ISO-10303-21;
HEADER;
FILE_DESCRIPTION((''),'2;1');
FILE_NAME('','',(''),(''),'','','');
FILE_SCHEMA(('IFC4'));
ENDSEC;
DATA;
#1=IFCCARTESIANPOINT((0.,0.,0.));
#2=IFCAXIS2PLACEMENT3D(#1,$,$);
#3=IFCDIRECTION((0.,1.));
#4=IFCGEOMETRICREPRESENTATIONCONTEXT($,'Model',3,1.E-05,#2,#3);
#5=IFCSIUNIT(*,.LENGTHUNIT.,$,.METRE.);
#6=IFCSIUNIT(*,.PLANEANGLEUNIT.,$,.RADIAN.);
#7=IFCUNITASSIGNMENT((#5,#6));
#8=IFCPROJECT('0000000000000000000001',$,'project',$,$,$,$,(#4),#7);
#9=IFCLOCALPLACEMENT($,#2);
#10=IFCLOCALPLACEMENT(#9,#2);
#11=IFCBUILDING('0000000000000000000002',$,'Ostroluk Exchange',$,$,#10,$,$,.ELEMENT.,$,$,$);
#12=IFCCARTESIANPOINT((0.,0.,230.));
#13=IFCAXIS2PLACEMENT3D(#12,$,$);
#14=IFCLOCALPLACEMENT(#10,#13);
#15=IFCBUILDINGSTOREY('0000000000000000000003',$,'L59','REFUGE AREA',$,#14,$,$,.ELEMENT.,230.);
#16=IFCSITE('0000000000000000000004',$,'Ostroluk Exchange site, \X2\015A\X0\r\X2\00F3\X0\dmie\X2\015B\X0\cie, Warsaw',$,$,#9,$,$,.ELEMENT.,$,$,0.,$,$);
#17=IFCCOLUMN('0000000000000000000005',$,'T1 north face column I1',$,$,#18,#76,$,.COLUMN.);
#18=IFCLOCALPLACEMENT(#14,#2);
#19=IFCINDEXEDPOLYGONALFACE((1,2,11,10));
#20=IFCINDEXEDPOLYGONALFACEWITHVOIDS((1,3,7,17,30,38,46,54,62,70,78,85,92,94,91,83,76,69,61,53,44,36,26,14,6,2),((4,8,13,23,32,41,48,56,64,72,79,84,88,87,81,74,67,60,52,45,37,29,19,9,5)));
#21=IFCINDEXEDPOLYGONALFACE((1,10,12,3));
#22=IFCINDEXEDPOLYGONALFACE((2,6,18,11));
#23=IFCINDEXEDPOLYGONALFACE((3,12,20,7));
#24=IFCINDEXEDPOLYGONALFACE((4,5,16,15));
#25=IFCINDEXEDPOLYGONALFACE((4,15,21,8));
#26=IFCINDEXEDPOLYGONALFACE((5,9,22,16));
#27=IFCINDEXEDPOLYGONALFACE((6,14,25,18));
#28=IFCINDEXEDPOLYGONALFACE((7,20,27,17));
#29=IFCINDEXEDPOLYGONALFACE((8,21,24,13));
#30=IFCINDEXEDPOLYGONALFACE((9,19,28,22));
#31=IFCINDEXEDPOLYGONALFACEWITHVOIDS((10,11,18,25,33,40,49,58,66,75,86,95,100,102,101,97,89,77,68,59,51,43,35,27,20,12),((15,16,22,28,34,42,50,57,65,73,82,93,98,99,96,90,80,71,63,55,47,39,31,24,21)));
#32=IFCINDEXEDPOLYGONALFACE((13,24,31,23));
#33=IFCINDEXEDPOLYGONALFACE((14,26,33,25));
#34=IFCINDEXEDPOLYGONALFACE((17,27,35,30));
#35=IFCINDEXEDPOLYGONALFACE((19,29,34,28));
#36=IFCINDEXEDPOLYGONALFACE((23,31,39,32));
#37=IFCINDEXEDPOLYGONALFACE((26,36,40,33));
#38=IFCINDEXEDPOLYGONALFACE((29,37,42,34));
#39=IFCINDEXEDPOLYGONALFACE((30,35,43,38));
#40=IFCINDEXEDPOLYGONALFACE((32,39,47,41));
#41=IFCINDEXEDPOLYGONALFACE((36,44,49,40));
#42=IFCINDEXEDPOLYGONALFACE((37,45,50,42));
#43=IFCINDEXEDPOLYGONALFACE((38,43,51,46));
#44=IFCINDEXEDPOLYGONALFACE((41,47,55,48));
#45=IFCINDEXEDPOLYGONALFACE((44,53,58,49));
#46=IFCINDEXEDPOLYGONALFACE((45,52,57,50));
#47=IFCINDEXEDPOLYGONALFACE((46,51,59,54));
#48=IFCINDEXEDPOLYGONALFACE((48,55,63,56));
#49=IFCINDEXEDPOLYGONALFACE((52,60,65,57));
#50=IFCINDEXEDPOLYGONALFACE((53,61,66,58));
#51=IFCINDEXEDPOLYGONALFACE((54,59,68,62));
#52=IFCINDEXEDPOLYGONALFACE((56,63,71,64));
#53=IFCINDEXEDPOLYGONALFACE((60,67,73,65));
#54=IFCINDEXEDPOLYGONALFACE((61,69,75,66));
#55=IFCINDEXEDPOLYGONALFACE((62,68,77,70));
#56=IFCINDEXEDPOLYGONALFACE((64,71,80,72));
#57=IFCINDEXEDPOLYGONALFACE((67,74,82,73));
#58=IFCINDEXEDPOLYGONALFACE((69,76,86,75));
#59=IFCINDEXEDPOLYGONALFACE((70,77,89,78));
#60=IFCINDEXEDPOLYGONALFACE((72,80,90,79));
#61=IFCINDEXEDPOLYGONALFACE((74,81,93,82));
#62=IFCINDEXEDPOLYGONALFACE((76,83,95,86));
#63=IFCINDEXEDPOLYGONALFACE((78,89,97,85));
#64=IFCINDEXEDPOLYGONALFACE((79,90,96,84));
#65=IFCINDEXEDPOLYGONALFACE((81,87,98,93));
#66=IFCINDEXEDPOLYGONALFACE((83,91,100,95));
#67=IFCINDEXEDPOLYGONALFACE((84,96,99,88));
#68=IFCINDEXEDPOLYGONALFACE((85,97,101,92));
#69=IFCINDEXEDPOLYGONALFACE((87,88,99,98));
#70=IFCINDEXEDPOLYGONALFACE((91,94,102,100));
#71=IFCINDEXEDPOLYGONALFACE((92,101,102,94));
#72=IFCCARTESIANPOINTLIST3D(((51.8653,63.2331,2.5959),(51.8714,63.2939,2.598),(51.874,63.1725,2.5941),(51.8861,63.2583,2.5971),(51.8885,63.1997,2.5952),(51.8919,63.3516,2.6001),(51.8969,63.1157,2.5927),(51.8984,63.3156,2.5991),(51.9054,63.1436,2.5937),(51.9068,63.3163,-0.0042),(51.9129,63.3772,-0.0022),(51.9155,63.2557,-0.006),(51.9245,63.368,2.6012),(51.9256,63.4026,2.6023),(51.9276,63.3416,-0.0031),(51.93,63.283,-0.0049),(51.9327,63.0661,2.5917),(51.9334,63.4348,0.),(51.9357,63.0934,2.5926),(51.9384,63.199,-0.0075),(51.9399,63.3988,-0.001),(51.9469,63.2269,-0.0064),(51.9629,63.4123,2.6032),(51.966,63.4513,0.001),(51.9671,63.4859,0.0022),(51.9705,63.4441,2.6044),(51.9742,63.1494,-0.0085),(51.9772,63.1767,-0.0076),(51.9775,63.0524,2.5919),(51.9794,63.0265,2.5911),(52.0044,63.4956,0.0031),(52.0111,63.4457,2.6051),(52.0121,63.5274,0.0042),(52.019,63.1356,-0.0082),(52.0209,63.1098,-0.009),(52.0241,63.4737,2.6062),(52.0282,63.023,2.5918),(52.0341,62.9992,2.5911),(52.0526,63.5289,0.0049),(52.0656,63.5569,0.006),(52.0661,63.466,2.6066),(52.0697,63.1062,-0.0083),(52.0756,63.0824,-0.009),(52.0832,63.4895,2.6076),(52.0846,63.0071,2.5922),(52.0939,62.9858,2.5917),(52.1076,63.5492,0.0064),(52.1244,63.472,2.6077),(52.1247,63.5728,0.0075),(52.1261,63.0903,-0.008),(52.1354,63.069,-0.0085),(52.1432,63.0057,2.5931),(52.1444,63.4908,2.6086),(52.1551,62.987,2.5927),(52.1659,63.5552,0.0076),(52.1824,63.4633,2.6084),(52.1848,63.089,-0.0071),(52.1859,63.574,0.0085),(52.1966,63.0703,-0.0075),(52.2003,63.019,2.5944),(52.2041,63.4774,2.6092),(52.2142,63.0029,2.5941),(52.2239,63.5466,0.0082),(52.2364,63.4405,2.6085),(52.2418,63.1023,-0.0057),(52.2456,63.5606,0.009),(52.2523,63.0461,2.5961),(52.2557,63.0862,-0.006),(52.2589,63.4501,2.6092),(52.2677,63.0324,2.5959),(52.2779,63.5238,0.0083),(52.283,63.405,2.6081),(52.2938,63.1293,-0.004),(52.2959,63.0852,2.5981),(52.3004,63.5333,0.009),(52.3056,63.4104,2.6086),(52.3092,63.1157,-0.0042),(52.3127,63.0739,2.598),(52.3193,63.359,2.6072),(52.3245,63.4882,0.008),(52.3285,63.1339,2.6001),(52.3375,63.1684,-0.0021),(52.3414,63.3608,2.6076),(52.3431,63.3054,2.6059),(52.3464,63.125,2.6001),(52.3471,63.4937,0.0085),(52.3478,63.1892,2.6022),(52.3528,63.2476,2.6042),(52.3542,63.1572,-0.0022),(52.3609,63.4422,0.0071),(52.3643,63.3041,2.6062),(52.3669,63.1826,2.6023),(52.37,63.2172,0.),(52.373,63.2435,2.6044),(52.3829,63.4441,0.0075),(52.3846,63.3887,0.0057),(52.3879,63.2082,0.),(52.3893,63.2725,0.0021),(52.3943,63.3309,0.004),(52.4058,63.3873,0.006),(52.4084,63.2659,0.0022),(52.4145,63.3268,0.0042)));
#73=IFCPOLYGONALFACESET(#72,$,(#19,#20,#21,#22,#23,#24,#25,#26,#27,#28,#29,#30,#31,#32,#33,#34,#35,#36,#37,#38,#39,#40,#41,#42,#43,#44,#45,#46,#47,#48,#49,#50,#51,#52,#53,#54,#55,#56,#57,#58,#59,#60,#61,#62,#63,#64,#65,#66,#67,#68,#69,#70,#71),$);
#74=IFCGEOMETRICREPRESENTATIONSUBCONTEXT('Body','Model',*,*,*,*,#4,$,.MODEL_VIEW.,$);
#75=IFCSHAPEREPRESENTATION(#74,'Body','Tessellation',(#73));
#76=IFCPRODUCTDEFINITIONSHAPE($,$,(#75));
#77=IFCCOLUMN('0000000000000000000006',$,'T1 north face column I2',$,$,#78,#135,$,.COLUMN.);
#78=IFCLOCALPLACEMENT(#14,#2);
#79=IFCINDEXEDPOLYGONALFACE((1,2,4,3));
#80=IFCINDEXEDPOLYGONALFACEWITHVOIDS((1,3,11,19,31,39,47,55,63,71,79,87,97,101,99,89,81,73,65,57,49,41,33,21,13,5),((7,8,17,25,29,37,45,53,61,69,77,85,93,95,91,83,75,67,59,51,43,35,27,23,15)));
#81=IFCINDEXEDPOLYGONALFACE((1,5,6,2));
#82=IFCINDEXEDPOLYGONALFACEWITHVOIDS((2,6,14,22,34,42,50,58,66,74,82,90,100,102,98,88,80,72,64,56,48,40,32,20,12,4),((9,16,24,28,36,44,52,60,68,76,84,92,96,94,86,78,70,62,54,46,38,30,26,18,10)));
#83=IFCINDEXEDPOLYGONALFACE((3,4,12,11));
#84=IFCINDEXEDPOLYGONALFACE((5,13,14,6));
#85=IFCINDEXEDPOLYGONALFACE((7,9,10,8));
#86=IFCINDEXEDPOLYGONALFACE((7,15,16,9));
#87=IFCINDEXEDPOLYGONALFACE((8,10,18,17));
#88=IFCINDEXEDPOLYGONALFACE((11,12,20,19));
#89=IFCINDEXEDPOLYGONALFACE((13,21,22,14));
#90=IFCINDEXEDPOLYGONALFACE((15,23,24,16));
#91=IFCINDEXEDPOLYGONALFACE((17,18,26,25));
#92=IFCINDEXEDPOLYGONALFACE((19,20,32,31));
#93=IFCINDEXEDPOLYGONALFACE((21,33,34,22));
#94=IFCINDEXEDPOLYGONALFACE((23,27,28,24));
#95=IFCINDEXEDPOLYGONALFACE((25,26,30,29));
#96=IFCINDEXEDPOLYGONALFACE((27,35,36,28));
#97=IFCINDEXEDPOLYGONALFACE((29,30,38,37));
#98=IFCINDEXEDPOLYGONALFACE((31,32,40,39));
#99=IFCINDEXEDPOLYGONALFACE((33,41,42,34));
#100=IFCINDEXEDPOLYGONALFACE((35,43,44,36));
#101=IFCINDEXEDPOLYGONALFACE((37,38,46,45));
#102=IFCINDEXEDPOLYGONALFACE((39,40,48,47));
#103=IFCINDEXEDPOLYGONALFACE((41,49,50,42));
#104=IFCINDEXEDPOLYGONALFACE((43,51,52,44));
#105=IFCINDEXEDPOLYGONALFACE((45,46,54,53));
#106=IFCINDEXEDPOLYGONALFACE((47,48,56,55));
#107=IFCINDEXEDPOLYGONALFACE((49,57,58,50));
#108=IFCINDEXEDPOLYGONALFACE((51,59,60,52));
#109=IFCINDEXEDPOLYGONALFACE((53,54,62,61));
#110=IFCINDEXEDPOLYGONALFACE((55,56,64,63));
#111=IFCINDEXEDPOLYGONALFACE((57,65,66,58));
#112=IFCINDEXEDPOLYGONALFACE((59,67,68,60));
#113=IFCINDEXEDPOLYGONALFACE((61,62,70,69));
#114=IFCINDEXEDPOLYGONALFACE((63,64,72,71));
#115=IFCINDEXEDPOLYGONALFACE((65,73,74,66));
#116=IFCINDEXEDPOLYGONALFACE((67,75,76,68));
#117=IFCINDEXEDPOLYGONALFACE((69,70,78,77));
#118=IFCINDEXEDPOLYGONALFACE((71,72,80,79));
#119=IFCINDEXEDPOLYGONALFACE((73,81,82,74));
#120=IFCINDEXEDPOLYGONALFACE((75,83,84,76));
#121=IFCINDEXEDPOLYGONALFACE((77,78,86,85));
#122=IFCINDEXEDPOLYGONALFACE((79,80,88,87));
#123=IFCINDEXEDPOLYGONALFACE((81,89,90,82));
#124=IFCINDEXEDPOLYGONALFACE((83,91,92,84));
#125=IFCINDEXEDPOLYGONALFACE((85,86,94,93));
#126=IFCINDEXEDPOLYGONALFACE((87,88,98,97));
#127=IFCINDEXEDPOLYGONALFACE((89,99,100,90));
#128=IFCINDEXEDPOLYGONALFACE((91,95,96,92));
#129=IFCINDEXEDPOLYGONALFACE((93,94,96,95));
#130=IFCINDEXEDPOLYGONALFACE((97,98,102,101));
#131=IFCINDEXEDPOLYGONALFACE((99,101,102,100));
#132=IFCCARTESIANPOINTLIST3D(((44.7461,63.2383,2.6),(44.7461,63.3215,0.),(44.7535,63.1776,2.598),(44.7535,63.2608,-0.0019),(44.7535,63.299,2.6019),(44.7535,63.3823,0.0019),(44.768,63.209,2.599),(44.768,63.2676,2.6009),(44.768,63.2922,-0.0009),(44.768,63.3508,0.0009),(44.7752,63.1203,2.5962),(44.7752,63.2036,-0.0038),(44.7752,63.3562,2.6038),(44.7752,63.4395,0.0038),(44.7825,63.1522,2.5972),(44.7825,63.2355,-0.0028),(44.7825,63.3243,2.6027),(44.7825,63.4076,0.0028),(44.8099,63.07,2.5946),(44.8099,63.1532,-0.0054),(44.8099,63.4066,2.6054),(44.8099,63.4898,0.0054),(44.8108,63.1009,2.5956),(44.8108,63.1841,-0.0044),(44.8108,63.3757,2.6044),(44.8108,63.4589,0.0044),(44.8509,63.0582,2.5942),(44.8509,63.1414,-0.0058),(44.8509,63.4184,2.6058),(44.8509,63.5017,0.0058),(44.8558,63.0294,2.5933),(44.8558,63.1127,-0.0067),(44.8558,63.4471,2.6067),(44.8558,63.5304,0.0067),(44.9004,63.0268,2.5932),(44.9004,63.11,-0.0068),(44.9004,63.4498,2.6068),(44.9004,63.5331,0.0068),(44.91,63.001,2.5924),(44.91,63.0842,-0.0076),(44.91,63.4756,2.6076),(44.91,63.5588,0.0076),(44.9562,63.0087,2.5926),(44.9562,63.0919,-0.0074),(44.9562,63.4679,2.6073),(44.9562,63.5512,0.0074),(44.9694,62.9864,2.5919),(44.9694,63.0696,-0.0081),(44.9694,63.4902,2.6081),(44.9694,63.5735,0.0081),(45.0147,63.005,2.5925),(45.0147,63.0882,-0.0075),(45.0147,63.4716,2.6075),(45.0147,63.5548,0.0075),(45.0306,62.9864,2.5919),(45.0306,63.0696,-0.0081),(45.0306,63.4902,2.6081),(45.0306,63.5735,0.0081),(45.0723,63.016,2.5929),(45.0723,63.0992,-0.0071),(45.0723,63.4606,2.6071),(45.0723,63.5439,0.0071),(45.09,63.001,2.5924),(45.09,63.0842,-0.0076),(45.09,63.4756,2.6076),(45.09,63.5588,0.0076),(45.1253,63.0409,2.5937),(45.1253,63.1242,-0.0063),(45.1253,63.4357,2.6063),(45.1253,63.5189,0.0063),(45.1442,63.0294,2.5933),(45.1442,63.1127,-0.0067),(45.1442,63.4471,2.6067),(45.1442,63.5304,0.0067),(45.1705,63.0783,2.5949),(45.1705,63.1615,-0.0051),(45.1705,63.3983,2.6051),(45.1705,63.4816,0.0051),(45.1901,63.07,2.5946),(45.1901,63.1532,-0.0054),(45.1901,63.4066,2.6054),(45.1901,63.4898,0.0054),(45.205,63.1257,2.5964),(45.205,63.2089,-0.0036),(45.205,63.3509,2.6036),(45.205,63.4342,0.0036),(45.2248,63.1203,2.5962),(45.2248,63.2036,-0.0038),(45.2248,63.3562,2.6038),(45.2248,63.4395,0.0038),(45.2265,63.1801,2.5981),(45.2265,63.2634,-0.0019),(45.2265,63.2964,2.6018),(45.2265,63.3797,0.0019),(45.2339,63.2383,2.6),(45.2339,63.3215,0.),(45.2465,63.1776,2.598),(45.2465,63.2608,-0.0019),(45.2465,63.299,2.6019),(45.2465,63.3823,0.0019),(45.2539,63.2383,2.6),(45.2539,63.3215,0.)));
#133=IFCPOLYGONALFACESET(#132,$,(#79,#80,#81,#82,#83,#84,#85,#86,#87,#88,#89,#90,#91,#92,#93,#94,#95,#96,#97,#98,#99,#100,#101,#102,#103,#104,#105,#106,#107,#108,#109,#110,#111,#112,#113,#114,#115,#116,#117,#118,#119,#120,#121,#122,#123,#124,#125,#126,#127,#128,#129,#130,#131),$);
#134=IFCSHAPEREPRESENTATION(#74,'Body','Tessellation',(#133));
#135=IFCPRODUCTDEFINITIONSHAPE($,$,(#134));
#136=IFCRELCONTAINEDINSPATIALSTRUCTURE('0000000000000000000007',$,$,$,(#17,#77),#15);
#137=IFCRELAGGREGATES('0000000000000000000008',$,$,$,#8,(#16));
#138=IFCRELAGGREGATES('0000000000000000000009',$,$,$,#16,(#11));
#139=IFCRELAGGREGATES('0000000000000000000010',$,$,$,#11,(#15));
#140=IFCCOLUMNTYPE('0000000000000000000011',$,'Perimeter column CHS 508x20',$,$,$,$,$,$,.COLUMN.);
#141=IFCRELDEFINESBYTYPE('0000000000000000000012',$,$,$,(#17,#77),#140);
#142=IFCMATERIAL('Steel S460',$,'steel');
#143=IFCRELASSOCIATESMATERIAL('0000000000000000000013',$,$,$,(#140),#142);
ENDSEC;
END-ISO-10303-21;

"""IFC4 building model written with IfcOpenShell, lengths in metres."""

from ifc_helpers import new_model, si_unit, direction, frame, origin, origin_2d, place, context, subcontext, project, spatial, hollow_circle, extrude, material, material_profile, profile_set, type_object, element, save


model = new_model("IFC4")

# Units and contexts
model_context = context("Model", 3, precision=1e-05, world=origin(), true_north=direction((0.0, 1.0)))
body_context = subcontext(model_context, "Body", "Model", "MODEL_VIEW")
ifc_project = project(units=[si_unit("LENGTHUNIT", "METRE"), si_unit("PLANEANGLEUNIT", "RADIAN")], contexts=[model_context])

# Site, building, storey
site_placement = place(None, origin())
site = spatial("IfcSite", under=ifc_project, at=site_placement, Name="Ostroluk Exchange site, Śródmieście, Warsaw", CompositionType="ELEMENT", RefElevation=0.0)
building_placement = place(site_placement, origin())
building = spatial("IfcBuilding", under=site, at=building_placement, Name="Ostroluk Exchange", CompositionType="ELEMENT")
storey_placement = place(building_placement, frame((0.0, 0.0, 230.0)))
storey = spatial("IfcBuildingStorey", under=building, at=storey_placement, Name="L59", Description="REFUGE AREA", CompositionType="ELEMENT", Elevation=230.0)

# Columns
ifc_material_1 = material(Name="Steel S460", Category="steel")
ifc_material_profile_1 = material_profile(ifc_material_1, hollow_circle(Radius=0.2539, WallThickness=0.02, at=origin_2d()), Name="CHS 508x20")
ifc_profile_set_1 = profile_set([ifc_material_profile_1], Name="Steel S460")
column_type = type_object("IfcColumnType", Name="Perimeter column CHS 508x20", PredefinedType="COLUMN", material=ifc_profile_set_1)
column_1_placement = place(storey_placement, frame((52.1606, 63.3215, 0.0), z_axis=(-0.015952, -0.031998, 0.999361), x_axis=(0.894951, -0.446163, 0.0)))
element("IfcColumn", 1, at=column_1_placement, inside=storey, type_object=column_type, Name="T1 north face column I1", PredefinedType="COLUMN", context=body_context, shape_type="SweptSolid", body=[
    extrude(hollow_circle(Radius=0.2539, WallThickness=0.02, at=origin_2d()), origin(), (0.0, 0.0, 1.0), 2.6018),
])
column_2_placement = place(storey_placement, frame((45.0, 63.3215, 0.0), z_axis=(0.0, -0.032002, 0.999488), x_axis=(1.0, 0.0, 0.0)))
element("IfcColumn", 2, at=column_2_placement, inside=storey, type_object=column_type, Name="T1 north face column I2", PredefinedType="COLUMN", context=body_context, shape_type="SweptSolid", body=[
    extrude(hollow_circle(Radius=0.2539, WallThickness=0.02, at=origin_2d()), origin(), (0.0, 0.0, 1.0), 2.6013),
])

save(model, "model.ifc")
